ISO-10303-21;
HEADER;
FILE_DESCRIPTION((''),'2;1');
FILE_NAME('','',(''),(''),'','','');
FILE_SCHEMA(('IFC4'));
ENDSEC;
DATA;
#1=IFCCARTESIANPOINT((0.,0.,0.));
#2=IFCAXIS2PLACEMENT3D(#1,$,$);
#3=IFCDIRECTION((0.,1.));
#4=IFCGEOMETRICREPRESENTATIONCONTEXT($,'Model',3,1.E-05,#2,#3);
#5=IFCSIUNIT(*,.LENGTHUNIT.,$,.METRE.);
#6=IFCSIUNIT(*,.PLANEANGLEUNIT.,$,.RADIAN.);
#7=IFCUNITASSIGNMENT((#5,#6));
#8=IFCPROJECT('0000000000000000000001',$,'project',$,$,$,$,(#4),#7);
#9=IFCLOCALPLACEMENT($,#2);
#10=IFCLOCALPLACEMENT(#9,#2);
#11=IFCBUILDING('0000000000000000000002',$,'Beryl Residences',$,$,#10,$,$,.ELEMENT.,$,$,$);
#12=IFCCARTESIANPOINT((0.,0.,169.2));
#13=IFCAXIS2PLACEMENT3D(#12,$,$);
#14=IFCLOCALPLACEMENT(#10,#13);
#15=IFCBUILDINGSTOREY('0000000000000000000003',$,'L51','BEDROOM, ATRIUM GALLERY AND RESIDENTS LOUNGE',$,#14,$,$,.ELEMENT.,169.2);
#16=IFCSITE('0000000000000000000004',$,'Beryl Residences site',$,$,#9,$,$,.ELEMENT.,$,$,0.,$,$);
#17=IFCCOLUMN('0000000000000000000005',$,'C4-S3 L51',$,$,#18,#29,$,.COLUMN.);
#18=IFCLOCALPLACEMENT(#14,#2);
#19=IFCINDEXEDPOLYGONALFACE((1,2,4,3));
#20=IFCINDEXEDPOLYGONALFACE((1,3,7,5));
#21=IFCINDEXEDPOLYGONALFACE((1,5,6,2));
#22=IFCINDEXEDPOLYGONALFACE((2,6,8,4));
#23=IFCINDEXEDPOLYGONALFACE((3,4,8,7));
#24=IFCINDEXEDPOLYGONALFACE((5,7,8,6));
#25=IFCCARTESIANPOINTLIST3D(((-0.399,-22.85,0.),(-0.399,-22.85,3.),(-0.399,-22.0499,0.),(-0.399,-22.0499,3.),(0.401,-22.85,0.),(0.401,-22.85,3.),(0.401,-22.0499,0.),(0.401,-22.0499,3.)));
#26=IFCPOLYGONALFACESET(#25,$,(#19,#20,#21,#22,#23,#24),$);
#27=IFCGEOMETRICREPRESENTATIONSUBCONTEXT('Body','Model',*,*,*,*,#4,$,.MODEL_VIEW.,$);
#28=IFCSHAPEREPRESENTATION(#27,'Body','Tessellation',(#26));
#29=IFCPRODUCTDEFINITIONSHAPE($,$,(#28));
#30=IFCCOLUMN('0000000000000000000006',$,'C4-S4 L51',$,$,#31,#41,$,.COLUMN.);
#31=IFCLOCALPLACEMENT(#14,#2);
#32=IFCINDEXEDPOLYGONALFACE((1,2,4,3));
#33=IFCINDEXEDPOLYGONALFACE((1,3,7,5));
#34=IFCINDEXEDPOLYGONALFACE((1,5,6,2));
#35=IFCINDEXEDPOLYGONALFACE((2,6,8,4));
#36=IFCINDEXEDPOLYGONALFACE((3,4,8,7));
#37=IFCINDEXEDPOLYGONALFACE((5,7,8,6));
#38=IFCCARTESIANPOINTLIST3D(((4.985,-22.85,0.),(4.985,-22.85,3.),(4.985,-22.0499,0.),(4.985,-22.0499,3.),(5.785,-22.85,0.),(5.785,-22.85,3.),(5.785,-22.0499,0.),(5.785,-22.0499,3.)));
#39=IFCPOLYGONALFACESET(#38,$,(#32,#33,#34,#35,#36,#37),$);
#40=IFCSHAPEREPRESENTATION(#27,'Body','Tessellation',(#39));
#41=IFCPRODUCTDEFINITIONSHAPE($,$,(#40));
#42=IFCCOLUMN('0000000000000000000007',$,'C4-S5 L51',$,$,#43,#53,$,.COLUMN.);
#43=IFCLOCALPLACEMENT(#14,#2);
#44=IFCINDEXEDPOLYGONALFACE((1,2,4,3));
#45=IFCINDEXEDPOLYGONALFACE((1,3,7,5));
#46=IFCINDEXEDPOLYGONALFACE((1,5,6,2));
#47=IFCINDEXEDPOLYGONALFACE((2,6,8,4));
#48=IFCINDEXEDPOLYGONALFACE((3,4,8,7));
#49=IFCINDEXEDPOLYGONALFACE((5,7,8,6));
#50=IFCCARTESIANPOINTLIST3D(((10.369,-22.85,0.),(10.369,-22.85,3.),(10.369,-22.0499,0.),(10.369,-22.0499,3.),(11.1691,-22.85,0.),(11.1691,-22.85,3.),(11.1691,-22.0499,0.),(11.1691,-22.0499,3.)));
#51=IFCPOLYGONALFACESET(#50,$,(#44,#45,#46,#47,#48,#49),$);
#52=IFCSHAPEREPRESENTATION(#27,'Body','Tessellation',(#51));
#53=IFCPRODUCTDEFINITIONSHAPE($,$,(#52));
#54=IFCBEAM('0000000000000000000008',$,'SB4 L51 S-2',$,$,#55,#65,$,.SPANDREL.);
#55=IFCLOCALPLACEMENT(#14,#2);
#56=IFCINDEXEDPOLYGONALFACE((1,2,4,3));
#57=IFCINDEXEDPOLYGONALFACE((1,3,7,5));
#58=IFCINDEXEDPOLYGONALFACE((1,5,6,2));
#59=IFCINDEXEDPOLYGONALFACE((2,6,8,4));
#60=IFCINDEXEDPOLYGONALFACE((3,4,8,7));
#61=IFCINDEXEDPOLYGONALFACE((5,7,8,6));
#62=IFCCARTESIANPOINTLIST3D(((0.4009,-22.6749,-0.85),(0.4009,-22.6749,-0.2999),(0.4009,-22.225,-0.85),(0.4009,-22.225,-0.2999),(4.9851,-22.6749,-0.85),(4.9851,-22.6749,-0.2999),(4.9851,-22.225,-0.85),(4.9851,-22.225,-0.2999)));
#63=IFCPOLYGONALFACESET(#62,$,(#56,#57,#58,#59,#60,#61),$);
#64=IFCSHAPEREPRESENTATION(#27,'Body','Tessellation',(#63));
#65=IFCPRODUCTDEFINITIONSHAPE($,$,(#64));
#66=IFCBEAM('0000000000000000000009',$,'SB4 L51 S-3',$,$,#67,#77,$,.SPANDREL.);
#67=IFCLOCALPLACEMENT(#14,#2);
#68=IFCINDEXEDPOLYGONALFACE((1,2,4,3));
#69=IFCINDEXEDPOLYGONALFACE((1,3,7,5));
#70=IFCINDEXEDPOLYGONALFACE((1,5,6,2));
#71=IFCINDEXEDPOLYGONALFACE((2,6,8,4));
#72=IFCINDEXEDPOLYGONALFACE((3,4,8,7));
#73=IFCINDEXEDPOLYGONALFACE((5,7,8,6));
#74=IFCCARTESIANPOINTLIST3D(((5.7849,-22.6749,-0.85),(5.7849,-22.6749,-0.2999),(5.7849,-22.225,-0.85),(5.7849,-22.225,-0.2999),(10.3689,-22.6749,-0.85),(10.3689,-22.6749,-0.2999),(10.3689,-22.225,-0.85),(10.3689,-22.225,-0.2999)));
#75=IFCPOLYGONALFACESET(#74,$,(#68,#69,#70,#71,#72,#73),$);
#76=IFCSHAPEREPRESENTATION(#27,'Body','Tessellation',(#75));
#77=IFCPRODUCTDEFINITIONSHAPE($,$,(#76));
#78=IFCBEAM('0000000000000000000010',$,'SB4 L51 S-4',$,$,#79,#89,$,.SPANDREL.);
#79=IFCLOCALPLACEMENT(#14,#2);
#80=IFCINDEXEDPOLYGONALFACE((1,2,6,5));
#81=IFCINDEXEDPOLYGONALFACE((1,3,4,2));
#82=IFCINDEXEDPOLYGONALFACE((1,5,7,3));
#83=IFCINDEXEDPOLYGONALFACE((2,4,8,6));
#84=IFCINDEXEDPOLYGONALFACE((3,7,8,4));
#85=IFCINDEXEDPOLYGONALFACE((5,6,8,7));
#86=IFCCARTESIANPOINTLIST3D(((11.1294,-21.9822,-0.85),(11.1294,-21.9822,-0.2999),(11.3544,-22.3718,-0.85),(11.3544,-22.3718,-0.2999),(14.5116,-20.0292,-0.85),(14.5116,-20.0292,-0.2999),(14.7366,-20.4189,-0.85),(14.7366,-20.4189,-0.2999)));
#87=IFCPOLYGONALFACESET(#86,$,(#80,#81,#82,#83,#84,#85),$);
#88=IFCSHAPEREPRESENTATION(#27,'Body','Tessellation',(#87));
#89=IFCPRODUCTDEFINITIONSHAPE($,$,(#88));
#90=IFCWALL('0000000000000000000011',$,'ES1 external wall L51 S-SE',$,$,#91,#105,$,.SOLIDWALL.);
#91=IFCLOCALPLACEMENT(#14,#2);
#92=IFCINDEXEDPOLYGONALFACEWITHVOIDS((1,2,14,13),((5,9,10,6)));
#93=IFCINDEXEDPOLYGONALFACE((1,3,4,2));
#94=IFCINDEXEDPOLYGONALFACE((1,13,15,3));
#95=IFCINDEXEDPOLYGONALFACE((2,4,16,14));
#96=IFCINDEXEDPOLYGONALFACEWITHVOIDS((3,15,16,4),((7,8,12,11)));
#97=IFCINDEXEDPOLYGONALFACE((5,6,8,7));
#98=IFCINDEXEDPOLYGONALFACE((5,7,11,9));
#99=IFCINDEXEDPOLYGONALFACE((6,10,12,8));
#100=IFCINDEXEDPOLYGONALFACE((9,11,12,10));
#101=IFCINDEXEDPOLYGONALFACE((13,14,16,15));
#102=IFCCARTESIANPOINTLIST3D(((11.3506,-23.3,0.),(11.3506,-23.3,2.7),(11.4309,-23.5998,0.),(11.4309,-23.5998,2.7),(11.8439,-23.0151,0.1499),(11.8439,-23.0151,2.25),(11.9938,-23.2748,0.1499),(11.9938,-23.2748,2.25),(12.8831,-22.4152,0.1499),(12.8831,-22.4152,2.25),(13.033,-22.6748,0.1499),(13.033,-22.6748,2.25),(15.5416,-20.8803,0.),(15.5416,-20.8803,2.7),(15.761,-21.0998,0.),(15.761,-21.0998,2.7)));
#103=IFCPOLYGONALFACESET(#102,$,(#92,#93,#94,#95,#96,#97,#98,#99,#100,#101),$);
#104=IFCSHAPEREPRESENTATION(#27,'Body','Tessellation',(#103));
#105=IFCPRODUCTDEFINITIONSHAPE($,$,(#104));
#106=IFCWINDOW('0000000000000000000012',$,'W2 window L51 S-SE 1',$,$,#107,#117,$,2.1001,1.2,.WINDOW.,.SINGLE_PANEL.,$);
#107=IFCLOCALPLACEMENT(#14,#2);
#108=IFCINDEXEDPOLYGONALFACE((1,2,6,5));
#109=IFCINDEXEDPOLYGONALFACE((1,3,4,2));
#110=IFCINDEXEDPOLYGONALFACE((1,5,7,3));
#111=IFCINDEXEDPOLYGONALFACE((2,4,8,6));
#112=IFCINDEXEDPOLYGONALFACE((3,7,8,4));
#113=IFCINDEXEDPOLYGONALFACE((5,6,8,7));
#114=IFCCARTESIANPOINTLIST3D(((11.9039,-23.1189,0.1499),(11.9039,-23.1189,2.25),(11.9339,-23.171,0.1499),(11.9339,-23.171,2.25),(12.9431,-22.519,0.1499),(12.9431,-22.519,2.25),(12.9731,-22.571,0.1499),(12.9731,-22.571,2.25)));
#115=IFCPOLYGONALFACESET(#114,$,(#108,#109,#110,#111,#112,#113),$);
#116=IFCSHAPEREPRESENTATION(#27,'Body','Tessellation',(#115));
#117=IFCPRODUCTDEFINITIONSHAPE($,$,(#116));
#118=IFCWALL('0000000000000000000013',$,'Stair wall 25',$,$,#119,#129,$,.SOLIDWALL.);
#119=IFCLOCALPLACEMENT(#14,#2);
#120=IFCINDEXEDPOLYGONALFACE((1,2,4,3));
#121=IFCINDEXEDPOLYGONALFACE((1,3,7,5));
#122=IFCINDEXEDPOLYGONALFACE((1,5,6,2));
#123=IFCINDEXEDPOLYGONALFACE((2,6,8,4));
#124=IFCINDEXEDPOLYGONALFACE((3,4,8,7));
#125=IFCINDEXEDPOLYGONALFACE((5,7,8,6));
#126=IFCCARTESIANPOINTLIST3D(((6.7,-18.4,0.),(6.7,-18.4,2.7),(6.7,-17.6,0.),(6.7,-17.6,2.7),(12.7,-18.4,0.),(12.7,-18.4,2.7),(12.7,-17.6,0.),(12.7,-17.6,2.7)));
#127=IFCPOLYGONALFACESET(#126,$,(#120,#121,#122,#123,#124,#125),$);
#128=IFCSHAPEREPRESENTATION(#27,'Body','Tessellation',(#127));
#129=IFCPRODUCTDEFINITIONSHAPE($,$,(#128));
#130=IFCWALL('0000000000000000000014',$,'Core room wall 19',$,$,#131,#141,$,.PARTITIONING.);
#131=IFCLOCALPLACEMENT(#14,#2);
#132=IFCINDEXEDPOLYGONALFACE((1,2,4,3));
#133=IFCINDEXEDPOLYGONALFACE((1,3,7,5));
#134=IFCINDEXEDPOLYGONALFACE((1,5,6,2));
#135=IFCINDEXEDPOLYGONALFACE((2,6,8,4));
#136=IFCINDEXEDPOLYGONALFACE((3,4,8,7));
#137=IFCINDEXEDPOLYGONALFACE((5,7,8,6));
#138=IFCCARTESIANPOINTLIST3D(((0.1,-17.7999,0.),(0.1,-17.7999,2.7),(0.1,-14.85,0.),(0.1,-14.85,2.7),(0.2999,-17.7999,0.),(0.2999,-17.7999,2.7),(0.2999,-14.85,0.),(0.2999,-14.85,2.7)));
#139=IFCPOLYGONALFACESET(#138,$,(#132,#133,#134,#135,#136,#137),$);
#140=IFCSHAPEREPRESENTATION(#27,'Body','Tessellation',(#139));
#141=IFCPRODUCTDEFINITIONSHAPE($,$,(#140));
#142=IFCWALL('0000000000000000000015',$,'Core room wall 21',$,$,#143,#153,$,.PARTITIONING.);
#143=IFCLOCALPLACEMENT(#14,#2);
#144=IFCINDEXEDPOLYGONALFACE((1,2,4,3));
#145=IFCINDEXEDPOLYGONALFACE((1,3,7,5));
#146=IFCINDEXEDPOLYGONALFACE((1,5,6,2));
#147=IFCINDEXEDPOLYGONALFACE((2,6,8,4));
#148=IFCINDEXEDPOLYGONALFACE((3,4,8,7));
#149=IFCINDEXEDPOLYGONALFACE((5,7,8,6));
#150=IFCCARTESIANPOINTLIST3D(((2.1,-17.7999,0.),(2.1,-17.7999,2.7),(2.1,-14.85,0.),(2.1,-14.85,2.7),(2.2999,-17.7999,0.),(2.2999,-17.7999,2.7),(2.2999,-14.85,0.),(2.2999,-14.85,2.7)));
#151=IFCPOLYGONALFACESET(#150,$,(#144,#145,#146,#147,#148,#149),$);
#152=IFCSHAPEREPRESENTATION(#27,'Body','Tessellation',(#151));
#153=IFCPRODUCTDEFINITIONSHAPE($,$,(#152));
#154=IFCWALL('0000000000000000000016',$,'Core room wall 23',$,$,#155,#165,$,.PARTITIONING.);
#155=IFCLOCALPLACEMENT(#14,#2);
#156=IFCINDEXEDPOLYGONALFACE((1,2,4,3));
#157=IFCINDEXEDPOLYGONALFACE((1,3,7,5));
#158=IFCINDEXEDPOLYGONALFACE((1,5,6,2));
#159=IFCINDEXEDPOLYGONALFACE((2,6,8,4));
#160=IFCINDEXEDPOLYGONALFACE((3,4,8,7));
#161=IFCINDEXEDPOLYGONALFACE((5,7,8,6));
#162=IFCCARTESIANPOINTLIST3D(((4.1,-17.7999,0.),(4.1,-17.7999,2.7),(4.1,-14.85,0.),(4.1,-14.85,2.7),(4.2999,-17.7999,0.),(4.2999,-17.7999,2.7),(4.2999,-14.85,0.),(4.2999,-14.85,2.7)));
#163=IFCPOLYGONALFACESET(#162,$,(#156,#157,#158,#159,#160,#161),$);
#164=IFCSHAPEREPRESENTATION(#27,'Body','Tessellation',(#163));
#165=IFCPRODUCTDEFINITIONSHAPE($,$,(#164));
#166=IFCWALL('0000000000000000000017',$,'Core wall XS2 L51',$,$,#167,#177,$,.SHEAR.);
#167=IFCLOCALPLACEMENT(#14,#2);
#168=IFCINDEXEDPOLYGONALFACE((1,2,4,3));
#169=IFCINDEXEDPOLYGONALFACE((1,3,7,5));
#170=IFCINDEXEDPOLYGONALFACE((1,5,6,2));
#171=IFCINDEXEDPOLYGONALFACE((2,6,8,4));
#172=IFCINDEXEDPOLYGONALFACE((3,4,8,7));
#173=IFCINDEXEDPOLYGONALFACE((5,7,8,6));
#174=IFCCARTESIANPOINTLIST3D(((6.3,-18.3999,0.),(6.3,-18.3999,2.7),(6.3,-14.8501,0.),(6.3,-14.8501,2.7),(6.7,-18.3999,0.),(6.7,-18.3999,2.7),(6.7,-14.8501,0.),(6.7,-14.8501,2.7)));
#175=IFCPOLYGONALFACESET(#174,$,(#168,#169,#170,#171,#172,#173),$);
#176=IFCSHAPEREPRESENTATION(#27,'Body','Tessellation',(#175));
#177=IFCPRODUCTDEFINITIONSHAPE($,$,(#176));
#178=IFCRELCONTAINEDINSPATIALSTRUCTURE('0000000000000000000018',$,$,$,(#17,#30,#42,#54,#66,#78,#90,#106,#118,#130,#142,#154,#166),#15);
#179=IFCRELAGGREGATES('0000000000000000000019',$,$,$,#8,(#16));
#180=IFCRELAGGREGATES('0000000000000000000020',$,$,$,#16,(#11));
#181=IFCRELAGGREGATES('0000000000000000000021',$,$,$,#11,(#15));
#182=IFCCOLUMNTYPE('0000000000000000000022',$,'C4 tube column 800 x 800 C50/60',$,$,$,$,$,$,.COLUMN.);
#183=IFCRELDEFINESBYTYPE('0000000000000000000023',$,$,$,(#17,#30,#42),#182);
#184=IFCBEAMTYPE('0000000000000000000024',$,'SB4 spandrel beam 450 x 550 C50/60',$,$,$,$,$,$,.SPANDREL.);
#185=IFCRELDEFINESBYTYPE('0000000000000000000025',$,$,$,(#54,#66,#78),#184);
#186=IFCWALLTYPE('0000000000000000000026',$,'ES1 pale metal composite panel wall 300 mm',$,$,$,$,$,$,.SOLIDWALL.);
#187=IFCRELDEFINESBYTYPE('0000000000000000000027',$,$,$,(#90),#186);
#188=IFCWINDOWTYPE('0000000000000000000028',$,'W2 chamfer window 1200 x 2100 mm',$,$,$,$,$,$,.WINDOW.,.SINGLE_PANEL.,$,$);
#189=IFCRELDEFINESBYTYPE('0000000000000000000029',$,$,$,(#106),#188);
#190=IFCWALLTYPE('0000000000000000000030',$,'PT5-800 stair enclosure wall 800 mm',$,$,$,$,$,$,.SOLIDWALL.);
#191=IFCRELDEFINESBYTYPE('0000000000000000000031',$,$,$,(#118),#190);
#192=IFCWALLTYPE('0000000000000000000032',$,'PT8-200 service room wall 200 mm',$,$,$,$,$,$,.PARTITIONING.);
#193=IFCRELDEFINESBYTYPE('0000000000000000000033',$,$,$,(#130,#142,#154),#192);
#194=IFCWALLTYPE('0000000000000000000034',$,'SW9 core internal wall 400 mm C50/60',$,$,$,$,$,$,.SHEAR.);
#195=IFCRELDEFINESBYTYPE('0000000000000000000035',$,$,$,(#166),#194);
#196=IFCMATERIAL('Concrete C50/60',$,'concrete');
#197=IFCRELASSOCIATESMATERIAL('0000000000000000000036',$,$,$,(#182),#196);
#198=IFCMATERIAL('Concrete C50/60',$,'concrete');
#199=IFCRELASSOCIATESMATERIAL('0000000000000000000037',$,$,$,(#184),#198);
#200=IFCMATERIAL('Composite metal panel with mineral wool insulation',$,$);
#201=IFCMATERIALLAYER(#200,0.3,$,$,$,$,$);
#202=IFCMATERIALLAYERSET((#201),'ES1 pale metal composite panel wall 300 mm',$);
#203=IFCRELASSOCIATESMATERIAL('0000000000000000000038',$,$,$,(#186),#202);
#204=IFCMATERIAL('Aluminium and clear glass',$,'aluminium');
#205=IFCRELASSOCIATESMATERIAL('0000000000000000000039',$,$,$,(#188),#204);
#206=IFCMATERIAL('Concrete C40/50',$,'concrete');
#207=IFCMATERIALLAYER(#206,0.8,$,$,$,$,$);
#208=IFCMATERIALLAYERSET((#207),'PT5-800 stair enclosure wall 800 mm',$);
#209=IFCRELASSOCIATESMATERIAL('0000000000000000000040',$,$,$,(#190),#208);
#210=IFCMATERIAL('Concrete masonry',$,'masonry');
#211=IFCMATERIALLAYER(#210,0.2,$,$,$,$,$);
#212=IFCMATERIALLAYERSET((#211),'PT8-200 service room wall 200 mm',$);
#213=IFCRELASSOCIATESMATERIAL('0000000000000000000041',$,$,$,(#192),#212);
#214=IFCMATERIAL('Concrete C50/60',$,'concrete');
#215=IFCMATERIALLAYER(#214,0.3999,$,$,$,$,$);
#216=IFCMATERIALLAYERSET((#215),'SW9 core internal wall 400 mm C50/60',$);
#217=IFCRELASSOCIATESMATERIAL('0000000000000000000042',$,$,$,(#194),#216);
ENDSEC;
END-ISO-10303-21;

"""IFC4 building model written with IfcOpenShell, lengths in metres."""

from ifc_helpers import new_model, si_unit, direction, frame, frame_2d, origin, origin_2d, place, context, subcontext, project, spatial, polyline, rectangle, outline, extrude, material, layer, layer_set, material_profile, profile_set, type_object, element, fill, save


model = new_model("IFC4")

# Units and contexts
model_context = context("Model", 3, precision=1e-05, world=origin(), true_north=direction((0.0, 1.0)))
body_context = subcontext(model_context, "Body", "Model", "MODEL_VIEW")
ifc_project = project(units=[si_unit("LENGTHUNIT", "METRE"), si_unit("PLANEANGLEUNIT", "RADIAN")], contexts=[model_context])

# Site, building, storey
site_placement = place(None, origin())
site = spatial("IfcSite", under=ifc_project, at=site_placement, Name="Beryl Residences site", CompositionType="ELEMENT", RefElevation=0.0)
building_placement = place(site_placement, origin())
building = spatial("IfcBuilding", under=site, at=building_placement, Name="Beryl Residences", CompositionType="ELEMENT")
storey_placement = place(building_placement, frame((0.0, 0.0, 169.2)))
storey = spatial("IfcBuildingStorey", under=building, at=storey_placement, Name="L51", Description="BEDROOM, ATRIUM GALLERY AND RESIDENTS LOUNGE", CompositionType="ELEMENT", Elevation=169.2)

# Columns
ifc_material_1 = material(Name="Concrete C50/60", Category="concrete")
ifc_material_profile_1 = material_profile(ifc_material_1, rectangle(XDim=0.8, YDim=0.8, at=origin_2d()))
ifc_profile_set_1 = profile_set([ifc_material_profile_1], Name="Concrete C50/60")
column_type = type_object("IfcColumnType", Name="C4 tube column 800 x 800 C50/60", PredefinedType="COLUMN", material=ifc_profile_set_1)
for number, where, z_axis, x_axis, name in (
    (1, (0.001, -22.45, 0.0), (0.0, 0.0, 1.0), (1.0, 0.0, 0.0), "C4-S3 L51"),
    (2, (5.385, -22.45, 0.0), (0.0, 0.0, 1.0), (1.0, 0.0, 0.0), "C4-S4 L51"),
    (3, (10.769, -22.45, 0.0), (0.0, 0.0, 1.0), (1.0, 0.0, 0.0), "C4-S5 L51"),
):
    element("IfcColumn", number, at=place(storey_placement, frame(where, z_axis=z_axis, x_axis=x_axis)), inside=storey, type_object=column_type, Name=name, PredefinedType="COLUMN", context=body_context, shape_type="SweptSolid", body=[
        extrude(rectangle(XDim=0.8, YDim=0.8, at=origin_2d()), origin(), (0.0, 0.0, 1.0), 3.0),
    ])

# Beams
ifc_material_2 = material(Name="Concrete C50/60", Category="concrete")
ifc_material_profile_2 = material_profile(ifc_material_2, rectangle(XDim=0.45, YDim=0.55, at=origin_2d()))
ifc_profile_set_2 = profile_set([ifc_material_profile_2], Name="Concrete C50/60")
beam_type = type_object("IfcBeamType", Name="SB4 spandrel beam 450 x 550 C50/60", PredefinedType="SPANDREL", material=ifc_profile_set_2)
beam_1_placement = place(storey_placement, frame((0.4009, -22.45, -0.575), z_axis=(1.0, 0.0, 0.0), x_axis=(0.0, 1.0, 0.0)))
element("IfcBeam", 4, at=beam_1_placement, inside=storey, type_object=beam_type, Name="SB4 L51 S-2", PredefinedType="SPANDREL", context=body_context, shape_type="SweptSolid", body=[
    extrude(rectangle(XDim=0.45, YDim=0.55, at=origin_2d()), origin(), (0.0, 0.0, 1.0), 4.5842),
])
beam_2_placement = place(storey_placement, frame((5.7849, -22.45, -0.575), z_axis=(1.0, 0.0, 0.0), x_axis=(0.0, 1.0, 0.0)))
element("IfcBeam", 5, at=beam_2_placement, inside=storey, type_object=beam_type, Name="SB4 L51 S-3", PredefinedType="SPANDREL", context=body_context, shape_type="SweptSolid", body=[
    extrude(rectangle(XDim=0.45, YDim=0.55, at=origin_2d()), origin(), (0.0, 0.0, 1.0), 4.584),
])
beam_3_placement = place(storey_placement, frame((11.2419, -22.177, -0.575), z_axis=(0.865999, 0.500045, 0.0), x_axis=(-0.500045, 0.865999, 0.0)))
element("IfcBeam", 6, at=beam_3_placement, inside=storey, type_object=beam_type, Name="SB4 L51 S-4", PredefinedType="SPANDREL", context=body_context, shape_type="SweptSolid", body=[
    extrude(rectangle(XDim=0.45, YDim=0.55, at=origin_2d()), origin(), (0.0, 0.0, 1.0), 3.9055),
])

# Wall, opening, window
ifc_material_3 = material(Name="Composite metal panel with mineral wool insulation")
ifc_layer_1 = layer(ifc_material_3, 0.3)
ifc_layer_set_1 = layer_set([ifc_layer_1], Name="ES1 pale metal composite panel wall 300 mm")
wall_type_1 = type_object("IfcWallType", Name="ES1 pale metal composite panel wall 300 mm", PredefinedType="SOLIDWALL", material=ifc_layer_set_1)
wall_1_placement = place(storey_placement, frame((11.356, -23.47, 0.0), z_axis=(0.0, 0.0, 1.0), x_axis=(0.866023, 0.500004, 0.0)))
wall_1 = element("IfcWall", 7, at=wall_1_placement, inside=storey, type_object=wall_type_1, Name="ES1 external wall L51 S-SE", PredefinedType="SOLIDWALL", context=body_context, shape_type="SweptSolid", body=[
    extrude(outline(polyline([(0.0, -0.1499), (5.0, -0.1499), (4.9197, 0.1499), (0.0803, 0.1499), (0.0, -0.1499)])), origin(), (0.0, 0.0, 1.0), 2.7),
])
opening_placement = place(wall_1_placement, frame((0.6499, 0.0, 0.1499)))
opening = element("IfcOpeningElement", 8, at=opening_placement, cuts=wall_1, PredefinedType="OPENING", context=body_context, shape_type="SweptSolid", body=[
    extrude(rectangle(XDim=1.2, YDim=2.1001, at=frame_2d((0.6001, 1.05))), frame((0.0, 0.1599, 0.0), z_axis=(0.0, -1.0, 0.0), x_axis=(1.0, 0.0, 0.0)), (0.0, 0.0, 1.0), 0.3201),
])
ifc_material_4 = material(Name="Aluminium and clear glass", Category="aluminium")
window_type = type_object("IfcWindowType", Name="W2 chamfer window 1200 x 2100 mm", PartitioningType="SINGLE_PANEL", PredefinedType="WINDOW", material=ifc_material_4)
window_placement = place(opening_placement, origin())
window = element("IfcWindow", 9, at=window_placement, inside=storey, type_object=window_type, Name="W2 window L51 S-SE 1", OverallHeight=2.1001, OverallWidth=1.2, PartitioningType="SINGLE_PANEL", PredefinedType="WINDOW", context=body_context, shape_type="SweptSolid", body=[
    extrude(rectangle(XDim=1.2, YDim=2.1001, at=frame_2d((0.6001, 1.05))), frame((0.0, 0.03, 0.0), z_axis=(0.0, -1.0, 0.0), x_axis=(1.0, 0.0, 0.0)), (0.0, 0.0, 1.0), 0.0601),
])
fill(opening, window)

# Walls
ifc_material_5 = material(Name="Concrete C40/50", Category="concrete")
ifc_layer_2 = layer(ifc_material_5, 0.8)
ifc_layer_set_2 = layer_set([ifc_layer_2], Name="PT5-800 stair enclosure wall 800 mm")
wall_type_2 = type_object("IfcWallType", Name="PT5-800 stair enclosure wall 800 mm", PredefinedType="SOLIDWALL", material=ifc_layer_set_2)
wall_2_placement = place(storey_placement, frame((6.7, -18.0, 0.0), z_axis=(0.0, 0.0, 1.0), x_axis=(1.0, 0.0, 0.0)))
element("IfcWall", 10, at=wall_2_placement, inside=storey, type_object=wall_type_2, Name="Stair wall 25", PredefinedType="SOLIDWALL", context=body_context, shape_type="SweptSolid", body=[
    extrude(rectangle(XDim=6.0, YDim=0.8, at=frame_2d((3.0, 0.0))), origin(), (0.0, 0.0, 1.0), 2.7),
])
ifc_material_6 = material(Name="Concrete masonry", Category="masonry")
ifc_layer_3 = layer(ifc_material_6, 0.2)
ifc_layer_set_3 = layer_set([ifc_layer_3], Name="PT8-200 service room wall 200 mm")
wall_type_3 = type_object("IfcWallType", Name="PT8-200 service room wall 200 mm", PredefinedType="PARTITIONING", material=ifc_layer_set_3)
for number, where, z_axis, x_axis, name in (
    (11, (0.2, -17.8, 0.0), (0.0, 0.0, 1.0), (0.0, 1.0, 0.0), "Core room wall 19"),
    (12, (2.2, -17.8, 0.0), (0.0, 0.0, 1.0), (0.0, 1.0, 0.0), "Core room wall 21"),
    (13, (4.2, -17.8, 0.0), (0.0, 0.0, 1.0), (0.0, 1.0, 0.0), "Core room wall 23"),
):
    element("IfcWall", number, at=place(storey_placement, frame(where, z_axis=z_axis, x_axis=x_axis)), inside=storey, type_object=wall_type_3, Name=name, PredefinedType="PARTITIONING", context=body_context, shape_type="SweptSolid", body=[
        extrude(rectangle(XDim=2.95, YDim=0.2, at=frame_2d((1.4751, 0.0))), origin(), (0.0, 0.0, 1.0), 2.7),
    ])
ifc_material_7 = material(Name="Concrete C50/60", Category="concrete")
ifc_layer_4 = layer(ifc_material_7, 0.3999)
ifc_layer_set_4 = layer_set([ifc_layer_4], Name="SW9 core internal wall 400 mm C50/60")
wall_type_4 = type_object("IfcWallType", Name="SW9 core internal wall 400 mm C50/60", PredefinedType="SHEAR", material=ifc_layer_set_4)
wall_3_placement = place(storey_placement, frame((6.5, -18.3999, 0.0), z_axis=(0.0, 0.0, 1.0), x_axis=(0.0, 1.0, 0.0)))
element("IfcWall", 14, at=wall_3_placement, inside=storey, type_object=wall_type_4, Name="Core wall XS2 L51", PredefinedType="SHEAR", context=body_context, shape_type="SweptSolid", body=[
    extrude(rectangle(XDim=3.5498, YDim=0.3999, at=frame_2d((1.7749, 0.0))), origin(), (0.0, 0.0, 1.0), 2.7),
])

save(model, "model.ifc")
